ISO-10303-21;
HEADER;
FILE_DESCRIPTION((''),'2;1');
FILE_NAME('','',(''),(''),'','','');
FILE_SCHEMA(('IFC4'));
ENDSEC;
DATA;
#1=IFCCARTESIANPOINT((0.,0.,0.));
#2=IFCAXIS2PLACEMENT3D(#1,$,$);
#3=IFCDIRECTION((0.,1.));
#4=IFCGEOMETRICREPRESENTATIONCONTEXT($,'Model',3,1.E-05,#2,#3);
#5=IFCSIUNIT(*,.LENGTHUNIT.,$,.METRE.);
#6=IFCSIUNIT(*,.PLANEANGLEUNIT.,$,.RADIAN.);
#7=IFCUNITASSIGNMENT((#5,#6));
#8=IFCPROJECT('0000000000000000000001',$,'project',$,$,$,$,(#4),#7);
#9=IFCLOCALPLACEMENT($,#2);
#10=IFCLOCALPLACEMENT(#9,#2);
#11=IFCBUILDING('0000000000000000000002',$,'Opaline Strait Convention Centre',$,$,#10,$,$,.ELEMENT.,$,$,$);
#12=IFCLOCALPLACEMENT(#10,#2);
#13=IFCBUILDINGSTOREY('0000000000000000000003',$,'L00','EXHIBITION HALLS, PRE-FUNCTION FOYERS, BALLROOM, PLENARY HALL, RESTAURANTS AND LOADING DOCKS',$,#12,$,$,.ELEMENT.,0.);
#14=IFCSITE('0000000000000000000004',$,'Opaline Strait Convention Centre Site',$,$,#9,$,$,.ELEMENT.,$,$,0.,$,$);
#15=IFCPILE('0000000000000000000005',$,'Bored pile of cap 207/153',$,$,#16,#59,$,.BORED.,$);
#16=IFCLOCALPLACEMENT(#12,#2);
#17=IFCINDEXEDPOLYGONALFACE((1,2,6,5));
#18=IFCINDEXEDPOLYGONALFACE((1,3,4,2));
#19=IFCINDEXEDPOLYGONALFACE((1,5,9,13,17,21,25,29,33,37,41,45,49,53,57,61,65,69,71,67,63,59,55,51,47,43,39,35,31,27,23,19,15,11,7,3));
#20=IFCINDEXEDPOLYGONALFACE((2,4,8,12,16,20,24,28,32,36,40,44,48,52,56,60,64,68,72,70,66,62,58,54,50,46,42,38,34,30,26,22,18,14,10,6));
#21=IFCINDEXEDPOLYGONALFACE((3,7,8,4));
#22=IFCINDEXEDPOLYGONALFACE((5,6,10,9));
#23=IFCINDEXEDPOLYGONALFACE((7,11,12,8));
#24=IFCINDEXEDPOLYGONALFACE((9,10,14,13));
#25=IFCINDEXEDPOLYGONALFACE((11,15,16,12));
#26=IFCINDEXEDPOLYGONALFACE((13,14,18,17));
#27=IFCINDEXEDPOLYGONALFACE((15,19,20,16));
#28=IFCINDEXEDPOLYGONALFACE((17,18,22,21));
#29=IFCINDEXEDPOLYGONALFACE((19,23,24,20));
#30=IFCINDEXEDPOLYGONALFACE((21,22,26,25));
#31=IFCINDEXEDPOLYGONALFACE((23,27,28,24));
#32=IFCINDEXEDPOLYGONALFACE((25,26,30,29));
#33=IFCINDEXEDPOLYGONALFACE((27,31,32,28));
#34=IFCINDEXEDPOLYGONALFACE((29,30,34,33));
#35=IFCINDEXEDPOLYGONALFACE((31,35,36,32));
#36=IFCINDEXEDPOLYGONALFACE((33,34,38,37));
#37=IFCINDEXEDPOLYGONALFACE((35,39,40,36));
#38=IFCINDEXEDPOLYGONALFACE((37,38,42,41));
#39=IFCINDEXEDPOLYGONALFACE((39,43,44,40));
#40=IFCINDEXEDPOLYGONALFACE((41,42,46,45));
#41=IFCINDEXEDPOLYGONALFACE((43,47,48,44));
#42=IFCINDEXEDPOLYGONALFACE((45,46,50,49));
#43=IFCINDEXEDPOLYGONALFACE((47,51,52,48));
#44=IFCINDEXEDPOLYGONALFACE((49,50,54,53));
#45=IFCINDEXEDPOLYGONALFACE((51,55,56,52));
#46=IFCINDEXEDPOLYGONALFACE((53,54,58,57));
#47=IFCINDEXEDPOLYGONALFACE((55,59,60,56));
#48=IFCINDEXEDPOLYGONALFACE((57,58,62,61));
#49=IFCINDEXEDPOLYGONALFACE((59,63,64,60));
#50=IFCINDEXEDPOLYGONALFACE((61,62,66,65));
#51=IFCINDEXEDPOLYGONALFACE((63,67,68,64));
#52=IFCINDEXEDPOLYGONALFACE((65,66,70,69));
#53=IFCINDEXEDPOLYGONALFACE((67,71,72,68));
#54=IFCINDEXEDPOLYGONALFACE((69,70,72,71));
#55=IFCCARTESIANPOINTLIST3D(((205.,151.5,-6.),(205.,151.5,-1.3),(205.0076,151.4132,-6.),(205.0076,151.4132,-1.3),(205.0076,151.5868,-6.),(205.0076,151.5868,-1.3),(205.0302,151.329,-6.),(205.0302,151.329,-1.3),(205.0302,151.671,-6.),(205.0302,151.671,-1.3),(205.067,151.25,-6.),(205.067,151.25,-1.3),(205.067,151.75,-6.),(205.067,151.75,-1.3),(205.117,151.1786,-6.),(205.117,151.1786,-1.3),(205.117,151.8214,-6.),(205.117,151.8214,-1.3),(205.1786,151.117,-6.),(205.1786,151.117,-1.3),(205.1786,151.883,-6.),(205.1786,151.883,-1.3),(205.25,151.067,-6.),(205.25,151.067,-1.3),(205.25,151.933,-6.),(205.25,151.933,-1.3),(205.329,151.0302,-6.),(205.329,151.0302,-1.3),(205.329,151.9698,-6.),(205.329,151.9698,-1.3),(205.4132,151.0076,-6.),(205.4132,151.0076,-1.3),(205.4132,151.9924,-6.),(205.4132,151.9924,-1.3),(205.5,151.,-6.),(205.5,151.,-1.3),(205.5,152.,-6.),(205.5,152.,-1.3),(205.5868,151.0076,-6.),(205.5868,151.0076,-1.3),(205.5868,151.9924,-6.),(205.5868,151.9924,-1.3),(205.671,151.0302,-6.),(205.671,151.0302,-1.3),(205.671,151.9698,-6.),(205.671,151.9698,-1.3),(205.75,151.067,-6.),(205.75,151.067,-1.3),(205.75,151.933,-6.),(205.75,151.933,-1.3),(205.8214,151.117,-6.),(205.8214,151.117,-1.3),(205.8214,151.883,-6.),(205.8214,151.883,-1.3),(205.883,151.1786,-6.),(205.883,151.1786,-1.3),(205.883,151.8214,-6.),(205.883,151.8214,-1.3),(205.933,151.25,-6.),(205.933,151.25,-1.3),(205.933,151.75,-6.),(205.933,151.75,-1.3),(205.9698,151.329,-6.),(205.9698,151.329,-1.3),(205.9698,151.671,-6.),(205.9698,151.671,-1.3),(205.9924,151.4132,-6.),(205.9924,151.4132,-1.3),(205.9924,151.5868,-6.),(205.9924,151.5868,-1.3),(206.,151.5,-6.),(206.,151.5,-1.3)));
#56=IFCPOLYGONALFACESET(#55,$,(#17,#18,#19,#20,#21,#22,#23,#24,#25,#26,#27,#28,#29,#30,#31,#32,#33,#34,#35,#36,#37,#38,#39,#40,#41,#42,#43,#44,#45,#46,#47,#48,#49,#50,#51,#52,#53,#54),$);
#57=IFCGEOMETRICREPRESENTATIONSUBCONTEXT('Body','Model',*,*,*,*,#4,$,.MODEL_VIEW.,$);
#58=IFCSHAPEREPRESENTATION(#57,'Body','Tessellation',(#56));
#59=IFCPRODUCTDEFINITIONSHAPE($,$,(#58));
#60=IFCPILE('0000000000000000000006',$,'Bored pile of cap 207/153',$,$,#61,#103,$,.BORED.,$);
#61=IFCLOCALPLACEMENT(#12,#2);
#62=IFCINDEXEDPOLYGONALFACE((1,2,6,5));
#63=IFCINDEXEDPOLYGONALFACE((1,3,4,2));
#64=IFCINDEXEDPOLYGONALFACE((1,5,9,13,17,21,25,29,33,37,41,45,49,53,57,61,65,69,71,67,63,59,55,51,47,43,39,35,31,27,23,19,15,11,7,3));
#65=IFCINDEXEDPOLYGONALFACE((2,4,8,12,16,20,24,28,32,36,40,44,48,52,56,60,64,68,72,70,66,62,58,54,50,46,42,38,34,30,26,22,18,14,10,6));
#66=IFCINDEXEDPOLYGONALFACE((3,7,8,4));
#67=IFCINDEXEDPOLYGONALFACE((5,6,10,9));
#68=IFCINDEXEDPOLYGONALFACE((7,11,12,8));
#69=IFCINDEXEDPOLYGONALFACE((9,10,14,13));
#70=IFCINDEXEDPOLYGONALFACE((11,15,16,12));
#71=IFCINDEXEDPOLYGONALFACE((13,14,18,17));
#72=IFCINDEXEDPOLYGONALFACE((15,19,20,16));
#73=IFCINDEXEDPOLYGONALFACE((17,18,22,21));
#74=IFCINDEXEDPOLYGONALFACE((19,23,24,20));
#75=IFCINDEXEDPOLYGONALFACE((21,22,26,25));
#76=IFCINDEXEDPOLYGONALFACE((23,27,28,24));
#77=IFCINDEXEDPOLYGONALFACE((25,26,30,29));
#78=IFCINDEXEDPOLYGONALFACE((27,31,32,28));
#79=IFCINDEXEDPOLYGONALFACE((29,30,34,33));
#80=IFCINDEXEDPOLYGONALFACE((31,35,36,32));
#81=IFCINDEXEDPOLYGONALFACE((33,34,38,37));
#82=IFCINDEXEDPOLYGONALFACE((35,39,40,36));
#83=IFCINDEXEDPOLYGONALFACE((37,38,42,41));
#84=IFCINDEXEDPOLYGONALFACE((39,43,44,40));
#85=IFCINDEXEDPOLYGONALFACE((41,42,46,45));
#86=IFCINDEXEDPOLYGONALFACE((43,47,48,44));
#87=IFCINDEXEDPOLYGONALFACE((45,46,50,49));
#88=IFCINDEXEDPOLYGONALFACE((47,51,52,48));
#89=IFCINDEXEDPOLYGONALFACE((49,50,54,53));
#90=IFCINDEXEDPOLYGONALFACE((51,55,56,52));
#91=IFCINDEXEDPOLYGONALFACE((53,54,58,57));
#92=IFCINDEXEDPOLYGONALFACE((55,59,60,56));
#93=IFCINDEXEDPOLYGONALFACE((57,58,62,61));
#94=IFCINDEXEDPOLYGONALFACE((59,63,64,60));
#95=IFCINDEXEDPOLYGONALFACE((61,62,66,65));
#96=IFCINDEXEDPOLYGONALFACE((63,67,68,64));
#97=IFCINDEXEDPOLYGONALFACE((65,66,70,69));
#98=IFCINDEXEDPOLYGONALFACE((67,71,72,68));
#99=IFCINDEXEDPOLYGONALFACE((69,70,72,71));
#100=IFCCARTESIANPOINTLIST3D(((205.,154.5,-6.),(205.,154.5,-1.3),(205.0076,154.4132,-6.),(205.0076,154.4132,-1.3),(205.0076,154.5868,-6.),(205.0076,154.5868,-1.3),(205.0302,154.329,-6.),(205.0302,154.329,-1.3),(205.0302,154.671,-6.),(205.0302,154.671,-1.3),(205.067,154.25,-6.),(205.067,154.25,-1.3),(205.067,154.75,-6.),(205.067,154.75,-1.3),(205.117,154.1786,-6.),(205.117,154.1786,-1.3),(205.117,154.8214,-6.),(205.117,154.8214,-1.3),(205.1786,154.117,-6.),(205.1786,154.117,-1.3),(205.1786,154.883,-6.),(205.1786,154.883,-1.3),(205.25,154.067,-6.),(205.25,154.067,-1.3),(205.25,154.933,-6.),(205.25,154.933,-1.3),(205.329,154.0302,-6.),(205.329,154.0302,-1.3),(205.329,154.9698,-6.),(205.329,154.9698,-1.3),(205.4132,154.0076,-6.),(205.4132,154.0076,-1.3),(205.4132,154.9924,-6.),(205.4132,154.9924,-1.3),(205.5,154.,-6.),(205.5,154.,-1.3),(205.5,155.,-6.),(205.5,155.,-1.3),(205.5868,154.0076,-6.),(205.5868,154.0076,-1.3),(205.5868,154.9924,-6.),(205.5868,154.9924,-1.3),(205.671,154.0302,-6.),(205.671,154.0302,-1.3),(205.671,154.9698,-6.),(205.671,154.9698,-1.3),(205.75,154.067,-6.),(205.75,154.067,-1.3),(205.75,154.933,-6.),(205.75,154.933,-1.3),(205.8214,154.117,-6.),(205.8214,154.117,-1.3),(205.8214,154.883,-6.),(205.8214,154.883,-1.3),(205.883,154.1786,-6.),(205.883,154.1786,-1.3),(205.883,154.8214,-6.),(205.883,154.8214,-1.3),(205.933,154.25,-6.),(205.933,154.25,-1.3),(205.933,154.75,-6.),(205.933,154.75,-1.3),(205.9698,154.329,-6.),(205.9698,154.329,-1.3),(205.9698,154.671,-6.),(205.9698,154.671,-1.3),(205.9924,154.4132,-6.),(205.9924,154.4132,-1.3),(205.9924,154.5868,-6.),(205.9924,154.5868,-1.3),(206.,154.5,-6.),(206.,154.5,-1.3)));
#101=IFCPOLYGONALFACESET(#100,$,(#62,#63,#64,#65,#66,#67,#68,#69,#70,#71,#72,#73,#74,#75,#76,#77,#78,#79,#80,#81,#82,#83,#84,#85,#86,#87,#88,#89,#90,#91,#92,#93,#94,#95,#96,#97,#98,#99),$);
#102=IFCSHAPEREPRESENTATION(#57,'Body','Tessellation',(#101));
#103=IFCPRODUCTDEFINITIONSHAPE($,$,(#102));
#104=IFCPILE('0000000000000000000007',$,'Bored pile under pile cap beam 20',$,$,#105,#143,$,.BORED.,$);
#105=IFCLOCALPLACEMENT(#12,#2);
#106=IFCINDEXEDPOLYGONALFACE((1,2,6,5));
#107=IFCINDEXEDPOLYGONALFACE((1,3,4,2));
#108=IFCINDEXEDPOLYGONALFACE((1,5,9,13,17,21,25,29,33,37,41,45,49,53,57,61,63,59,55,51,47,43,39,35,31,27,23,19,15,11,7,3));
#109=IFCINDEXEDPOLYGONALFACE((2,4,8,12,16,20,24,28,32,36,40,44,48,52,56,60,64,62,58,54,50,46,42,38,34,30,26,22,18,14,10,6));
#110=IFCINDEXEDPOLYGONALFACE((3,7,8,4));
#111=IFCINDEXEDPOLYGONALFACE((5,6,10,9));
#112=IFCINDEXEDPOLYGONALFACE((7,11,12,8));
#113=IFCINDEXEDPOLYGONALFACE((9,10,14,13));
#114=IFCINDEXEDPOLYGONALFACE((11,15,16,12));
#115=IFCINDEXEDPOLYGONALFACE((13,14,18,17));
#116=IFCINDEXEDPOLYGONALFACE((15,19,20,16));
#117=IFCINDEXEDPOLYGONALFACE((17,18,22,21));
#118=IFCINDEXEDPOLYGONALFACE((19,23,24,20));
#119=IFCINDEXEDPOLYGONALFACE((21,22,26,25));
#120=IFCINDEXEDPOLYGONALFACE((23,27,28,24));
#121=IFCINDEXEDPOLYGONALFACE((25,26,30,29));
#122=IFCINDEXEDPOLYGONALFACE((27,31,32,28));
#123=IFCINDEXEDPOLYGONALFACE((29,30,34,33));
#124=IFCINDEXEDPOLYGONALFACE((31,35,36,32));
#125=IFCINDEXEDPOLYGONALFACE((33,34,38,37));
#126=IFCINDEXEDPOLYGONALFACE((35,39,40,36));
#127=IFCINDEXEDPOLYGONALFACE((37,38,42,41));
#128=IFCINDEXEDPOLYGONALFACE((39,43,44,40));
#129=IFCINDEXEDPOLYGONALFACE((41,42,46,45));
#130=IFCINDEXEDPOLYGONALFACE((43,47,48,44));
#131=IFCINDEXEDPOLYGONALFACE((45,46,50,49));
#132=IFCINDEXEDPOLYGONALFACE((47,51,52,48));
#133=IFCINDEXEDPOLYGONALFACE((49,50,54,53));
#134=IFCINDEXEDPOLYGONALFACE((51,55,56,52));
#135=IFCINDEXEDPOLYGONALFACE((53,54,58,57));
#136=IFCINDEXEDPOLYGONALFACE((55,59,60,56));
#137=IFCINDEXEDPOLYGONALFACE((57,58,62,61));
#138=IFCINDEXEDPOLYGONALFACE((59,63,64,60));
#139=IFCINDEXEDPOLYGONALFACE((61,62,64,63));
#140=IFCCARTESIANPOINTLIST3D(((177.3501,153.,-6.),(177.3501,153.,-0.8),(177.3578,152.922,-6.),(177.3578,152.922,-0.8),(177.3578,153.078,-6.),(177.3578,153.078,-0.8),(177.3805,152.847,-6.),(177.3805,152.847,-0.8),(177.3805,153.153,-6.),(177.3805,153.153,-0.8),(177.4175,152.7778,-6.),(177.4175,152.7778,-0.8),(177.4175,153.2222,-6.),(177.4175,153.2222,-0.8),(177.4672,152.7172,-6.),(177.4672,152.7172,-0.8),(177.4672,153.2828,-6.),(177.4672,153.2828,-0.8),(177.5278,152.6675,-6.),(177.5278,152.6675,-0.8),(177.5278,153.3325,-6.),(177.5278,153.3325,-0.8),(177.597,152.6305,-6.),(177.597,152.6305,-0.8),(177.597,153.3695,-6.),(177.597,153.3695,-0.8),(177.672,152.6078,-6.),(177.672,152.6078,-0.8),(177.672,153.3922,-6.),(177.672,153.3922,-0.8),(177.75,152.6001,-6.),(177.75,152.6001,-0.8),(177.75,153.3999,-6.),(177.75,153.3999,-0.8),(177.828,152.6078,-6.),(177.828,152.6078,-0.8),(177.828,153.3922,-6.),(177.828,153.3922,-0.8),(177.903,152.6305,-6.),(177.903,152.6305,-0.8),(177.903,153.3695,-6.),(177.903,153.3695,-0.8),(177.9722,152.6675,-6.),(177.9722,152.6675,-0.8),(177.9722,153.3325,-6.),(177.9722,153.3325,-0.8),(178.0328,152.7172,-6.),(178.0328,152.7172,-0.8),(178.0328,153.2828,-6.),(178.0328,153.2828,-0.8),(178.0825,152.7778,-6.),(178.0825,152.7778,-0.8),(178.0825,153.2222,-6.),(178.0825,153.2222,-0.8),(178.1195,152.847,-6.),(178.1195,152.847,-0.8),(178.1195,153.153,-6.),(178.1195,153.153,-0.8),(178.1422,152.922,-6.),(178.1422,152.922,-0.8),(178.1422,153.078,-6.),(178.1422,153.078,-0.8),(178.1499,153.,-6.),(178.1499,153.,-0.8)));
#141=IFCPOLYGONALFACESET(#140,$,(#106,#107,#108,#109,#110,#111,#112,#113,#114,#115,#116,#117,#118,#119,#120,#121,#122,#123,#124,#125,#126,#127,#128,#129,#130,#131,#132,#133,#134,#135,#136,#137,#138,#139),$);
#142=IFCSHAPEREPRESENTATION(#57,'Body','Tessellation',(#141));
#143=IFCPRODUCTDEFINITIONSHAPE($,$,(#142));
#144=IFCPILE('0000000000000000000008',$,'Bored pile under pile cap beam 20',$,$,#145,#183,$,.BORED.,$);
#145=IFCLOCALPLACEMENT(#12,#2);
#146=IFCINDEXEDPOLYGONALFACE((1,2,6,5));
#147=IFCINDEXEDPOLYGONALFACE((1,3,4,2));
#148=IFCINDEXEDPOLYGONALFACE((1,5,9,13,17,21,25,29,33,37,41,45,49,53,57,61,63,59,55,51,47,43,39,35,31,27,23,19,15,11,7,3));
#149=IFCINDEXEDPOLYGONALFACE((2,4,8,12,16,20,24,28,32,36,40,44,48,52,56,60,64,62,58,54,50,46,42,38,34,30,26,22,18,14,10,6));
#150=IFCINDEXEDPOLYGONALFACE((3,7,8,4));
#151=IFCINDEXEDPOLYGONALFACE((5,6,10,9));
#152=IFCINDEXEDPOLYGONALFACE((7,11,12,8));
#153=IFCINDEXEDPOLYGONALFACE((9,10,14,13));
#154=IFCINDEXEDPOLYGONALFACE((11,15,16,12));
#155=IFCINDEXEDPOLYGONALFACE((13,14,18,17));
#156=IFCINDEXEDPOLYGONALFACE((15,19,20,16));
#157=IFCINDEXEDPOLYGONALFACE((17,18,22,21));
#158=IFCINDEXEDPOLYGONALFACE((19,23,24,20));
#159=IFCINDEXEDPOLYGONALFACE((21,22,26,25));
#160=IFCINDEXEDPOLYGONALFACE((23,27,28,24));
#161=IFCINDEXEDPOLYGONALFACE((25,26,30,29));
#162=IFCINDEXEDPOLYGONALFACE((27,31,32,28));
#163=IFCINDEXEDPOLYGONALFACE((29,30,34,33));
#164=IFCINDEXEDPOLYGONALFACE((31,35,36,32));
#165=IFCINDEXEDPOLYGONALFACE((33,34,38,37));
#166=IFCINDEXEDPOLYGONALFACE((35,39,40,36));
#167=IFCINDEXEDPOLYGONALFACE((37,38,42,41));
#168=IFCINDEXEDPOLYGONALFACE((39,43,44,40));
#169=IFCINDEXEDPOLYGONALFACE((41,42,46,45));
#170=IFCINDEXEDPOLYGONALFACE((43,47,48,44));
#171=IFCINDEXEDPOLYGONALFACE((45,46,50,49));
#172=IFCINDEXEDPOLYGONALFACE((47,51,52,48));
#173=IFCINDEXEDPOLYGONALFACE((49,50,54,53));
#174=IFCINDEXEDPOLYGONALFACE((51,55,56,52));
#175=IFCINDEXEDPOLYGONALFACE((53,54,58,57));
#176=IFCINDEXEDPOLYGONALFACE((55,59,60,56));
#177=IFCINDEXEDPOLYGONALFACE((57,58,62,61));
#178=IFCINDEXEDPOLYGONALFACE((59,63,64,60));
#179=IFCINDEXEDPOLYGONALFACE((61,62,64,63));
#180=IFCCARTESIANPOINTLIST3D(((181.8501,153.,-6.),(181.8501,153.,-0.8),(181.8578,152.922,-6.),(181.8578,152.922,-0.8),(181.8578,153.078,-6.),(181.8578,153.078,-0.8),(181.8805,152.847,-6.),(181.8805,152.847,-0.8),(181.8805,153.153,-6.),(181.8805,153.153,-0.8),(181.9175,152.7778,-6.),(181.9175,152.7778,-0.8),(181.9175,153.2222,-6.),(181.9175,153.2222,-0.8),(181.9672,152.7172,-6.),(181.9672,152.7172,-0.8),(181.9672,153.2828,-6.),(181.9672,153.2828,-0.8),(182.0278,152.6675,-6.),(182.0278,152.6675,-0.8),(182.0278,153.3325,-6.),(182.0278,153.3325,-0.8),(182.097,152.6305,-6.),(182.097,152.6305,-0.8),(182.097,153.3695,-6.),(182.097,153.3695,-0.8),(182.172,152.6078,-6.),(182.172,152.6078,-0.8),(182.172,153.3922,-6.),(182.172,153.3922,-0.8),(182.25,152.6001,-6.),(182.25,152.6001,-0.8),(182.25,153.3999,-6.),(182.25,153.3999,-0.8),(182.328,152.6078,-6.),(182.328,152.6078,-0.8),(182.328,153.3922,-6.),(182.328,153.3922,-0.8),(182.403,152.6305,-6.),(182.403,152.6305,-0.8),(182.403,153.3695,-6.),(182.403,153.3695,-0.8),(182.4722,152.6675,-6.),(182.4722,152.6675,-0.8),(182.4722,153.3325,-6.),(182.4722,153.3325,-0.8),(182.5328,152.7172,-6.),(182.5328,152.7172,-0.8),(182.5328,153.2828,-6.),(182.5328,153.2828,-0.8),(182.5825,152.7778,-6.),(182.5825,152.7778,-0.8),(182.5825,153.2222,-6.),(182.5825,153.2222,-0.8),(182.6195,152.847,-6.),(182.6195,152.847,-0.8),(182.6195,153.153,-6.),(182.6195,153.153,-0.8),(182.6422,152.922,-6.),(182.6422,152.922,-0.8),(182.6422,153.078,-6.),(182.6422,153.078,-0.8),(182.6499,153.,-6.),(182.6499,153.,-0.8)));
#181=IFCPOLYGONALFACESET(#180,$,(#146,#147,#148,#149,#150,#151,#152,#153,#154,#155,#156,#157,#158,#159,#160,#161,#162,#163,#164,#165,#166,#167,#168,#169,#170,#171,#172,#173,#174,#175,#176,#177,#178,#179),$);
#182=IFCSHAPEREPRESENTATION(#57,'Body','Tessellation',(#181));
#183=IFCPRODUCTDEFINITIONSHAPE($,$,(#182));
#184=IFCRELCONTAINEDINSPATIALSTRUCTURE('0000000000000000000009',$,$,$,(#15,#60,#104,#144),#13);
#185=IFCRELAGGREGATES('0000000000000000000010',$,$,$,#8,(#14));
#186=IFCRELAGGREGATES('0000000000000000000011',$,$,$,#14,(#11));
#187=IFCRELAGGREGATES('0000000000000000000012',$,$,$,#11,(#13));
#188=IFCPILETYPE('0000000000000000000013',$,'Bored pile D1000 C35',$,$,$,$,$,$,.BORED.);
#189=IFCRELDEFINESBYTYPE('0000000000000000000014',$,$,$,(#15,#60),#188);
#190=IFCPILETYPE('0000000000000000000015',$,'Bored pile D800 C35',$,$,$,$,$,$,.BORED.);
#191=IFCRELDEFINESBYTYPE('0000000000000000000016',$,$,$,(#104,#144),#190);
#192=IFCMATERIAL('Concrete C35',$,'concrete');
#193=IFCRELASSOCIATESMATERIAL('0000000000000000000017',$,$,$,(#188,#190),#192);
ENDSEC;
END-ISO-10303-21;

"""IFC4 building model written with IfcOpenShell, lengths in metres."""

from ifc_helpers import new_model, si_unit, direction, frame, origin, origin_2d, place, context, subcontext, project, spatial, circle, extrude, material, material_profile, profile_set, type_object, element, save


model = new_model("IFC4")

# Units and contexts
model_context = context("Model", 3, precision=1e-05, world=origin(), true_north=direction((0.0, 1.0)))
body_context = subcontext(model_context, "Body", "Model", "MODEL_VIEW")
ifc_project = project(units=[si_unit("LENGTHUNIT", "METRE"), si_unit("PLANEANGLEUNIT", "RADIAN")], contexts=[model_context])

# Site, building, storey
site_placement = place(None, origin())
site = spatial("IfcSite", under=ifc_project, at=site_placement, Name="Opaline Strait Convention Centre Site", CompositionType="ELEMENT", RefElevation=0.0)
building_placement = place(site_placement, origin())
building = spatial("IfcBuilding", under=site, at=building_placement, Name="Opaline Strait Convention Centre", CompositionType="ELEMENT")
storey_placement = place(building_placement, origin())
storey = spatial("IfcBuildingStorey", under=building, at=storey_placement, Name="L00", Description="EXHIBITION HALLS, PRE-FUNCTION FOYERS, BALLROOM, PLENARY HALL, RESTAURANTS AND LOADING DOCKS", CompositionType="ELEMENT", Elevation=0.0)

# Piles
ifc_material_1 = material(Name="Concrete C35", Category="concrete")
ifc_material_profile_1 = material_profile(ifc_material_1, circle(Radius=0.5, at=origin_2d()), Name="D1000")
ifc_profile_set_1 = profile_set([ifc_material_profile_1], Name="Concrete C35")
pile_type_1 = type_object("IfcPileType", Name="Bored pile D1000 C35", PredefinedType="BORED", material=ifc_profile_set_1)
for number, where, z_axis, x_axis, name in (
    (1, (205.5, 151.5, -1.3), (0.0, 0.0, -1.0), (1.0, 0.0, 0.0), "Bored pile of cap 207/153"),
    (2, (205.5, 154.5, -1.3), (0.0, 0.0, -1.0), (1.0, 0.0, 0.0), "Bored pile of cap 207/153"),
):
    element("IfcPile", number, at=place(storey_placement, frame(where, z_axis=z_axis, x_axis=x_axis)), inside=storey, type_object=pile_type_1, Name=name, PredefinedType="BORED", context=body_context, shape_type="SweptSolid", body=[
        extrude(circle(Radius=0.5, at=origin_2d()), origin(), (0.0, 0.0, 1.0), 4.7),
    ])
ifc_material_profile_2 = material_profile(ifc_material_1, circle(Radius=0.3999, at=origin_2d()), Name="D800")
ifc_profile_set_2 = profile_set([ifc_material_profile_2], Name="Concrete C35")
pile_type_2 = type_object("IfcPileType", Name="Bored pile D800 C35", PredefinedType="BORED", material=ifc_profile_set_2)
for number, where, z_axis, x_axis, name in (
    (3, (177.75, 153.0, -0.8), (0.0, 0.0, -1.0), (1.0, 0.0, 0.0), "Bored pile under pile cap beam 20"),
    (4, (182.25, 153.0, -0.8), (0.0, 0.0, -1.0), (1.0, 0.0, 0.0), "Bored pile under pile cap beam 20"),
):
    element("IfcPile", number, at=place(storey_placement, frame(where, z_axis=z_axis, x_axis=x_axis)), inside=storey, type_object=pile_type_2, Name=name, PredefinedType="BORED", context=body_context, shape_type="SweptSolid", body=[
        extrude(circle(Radius=0.3999, at=origin_2d()), origin(), (0.0, 0.0, 1.0), 5.2),
    ])

save(model, "model.ifc")
